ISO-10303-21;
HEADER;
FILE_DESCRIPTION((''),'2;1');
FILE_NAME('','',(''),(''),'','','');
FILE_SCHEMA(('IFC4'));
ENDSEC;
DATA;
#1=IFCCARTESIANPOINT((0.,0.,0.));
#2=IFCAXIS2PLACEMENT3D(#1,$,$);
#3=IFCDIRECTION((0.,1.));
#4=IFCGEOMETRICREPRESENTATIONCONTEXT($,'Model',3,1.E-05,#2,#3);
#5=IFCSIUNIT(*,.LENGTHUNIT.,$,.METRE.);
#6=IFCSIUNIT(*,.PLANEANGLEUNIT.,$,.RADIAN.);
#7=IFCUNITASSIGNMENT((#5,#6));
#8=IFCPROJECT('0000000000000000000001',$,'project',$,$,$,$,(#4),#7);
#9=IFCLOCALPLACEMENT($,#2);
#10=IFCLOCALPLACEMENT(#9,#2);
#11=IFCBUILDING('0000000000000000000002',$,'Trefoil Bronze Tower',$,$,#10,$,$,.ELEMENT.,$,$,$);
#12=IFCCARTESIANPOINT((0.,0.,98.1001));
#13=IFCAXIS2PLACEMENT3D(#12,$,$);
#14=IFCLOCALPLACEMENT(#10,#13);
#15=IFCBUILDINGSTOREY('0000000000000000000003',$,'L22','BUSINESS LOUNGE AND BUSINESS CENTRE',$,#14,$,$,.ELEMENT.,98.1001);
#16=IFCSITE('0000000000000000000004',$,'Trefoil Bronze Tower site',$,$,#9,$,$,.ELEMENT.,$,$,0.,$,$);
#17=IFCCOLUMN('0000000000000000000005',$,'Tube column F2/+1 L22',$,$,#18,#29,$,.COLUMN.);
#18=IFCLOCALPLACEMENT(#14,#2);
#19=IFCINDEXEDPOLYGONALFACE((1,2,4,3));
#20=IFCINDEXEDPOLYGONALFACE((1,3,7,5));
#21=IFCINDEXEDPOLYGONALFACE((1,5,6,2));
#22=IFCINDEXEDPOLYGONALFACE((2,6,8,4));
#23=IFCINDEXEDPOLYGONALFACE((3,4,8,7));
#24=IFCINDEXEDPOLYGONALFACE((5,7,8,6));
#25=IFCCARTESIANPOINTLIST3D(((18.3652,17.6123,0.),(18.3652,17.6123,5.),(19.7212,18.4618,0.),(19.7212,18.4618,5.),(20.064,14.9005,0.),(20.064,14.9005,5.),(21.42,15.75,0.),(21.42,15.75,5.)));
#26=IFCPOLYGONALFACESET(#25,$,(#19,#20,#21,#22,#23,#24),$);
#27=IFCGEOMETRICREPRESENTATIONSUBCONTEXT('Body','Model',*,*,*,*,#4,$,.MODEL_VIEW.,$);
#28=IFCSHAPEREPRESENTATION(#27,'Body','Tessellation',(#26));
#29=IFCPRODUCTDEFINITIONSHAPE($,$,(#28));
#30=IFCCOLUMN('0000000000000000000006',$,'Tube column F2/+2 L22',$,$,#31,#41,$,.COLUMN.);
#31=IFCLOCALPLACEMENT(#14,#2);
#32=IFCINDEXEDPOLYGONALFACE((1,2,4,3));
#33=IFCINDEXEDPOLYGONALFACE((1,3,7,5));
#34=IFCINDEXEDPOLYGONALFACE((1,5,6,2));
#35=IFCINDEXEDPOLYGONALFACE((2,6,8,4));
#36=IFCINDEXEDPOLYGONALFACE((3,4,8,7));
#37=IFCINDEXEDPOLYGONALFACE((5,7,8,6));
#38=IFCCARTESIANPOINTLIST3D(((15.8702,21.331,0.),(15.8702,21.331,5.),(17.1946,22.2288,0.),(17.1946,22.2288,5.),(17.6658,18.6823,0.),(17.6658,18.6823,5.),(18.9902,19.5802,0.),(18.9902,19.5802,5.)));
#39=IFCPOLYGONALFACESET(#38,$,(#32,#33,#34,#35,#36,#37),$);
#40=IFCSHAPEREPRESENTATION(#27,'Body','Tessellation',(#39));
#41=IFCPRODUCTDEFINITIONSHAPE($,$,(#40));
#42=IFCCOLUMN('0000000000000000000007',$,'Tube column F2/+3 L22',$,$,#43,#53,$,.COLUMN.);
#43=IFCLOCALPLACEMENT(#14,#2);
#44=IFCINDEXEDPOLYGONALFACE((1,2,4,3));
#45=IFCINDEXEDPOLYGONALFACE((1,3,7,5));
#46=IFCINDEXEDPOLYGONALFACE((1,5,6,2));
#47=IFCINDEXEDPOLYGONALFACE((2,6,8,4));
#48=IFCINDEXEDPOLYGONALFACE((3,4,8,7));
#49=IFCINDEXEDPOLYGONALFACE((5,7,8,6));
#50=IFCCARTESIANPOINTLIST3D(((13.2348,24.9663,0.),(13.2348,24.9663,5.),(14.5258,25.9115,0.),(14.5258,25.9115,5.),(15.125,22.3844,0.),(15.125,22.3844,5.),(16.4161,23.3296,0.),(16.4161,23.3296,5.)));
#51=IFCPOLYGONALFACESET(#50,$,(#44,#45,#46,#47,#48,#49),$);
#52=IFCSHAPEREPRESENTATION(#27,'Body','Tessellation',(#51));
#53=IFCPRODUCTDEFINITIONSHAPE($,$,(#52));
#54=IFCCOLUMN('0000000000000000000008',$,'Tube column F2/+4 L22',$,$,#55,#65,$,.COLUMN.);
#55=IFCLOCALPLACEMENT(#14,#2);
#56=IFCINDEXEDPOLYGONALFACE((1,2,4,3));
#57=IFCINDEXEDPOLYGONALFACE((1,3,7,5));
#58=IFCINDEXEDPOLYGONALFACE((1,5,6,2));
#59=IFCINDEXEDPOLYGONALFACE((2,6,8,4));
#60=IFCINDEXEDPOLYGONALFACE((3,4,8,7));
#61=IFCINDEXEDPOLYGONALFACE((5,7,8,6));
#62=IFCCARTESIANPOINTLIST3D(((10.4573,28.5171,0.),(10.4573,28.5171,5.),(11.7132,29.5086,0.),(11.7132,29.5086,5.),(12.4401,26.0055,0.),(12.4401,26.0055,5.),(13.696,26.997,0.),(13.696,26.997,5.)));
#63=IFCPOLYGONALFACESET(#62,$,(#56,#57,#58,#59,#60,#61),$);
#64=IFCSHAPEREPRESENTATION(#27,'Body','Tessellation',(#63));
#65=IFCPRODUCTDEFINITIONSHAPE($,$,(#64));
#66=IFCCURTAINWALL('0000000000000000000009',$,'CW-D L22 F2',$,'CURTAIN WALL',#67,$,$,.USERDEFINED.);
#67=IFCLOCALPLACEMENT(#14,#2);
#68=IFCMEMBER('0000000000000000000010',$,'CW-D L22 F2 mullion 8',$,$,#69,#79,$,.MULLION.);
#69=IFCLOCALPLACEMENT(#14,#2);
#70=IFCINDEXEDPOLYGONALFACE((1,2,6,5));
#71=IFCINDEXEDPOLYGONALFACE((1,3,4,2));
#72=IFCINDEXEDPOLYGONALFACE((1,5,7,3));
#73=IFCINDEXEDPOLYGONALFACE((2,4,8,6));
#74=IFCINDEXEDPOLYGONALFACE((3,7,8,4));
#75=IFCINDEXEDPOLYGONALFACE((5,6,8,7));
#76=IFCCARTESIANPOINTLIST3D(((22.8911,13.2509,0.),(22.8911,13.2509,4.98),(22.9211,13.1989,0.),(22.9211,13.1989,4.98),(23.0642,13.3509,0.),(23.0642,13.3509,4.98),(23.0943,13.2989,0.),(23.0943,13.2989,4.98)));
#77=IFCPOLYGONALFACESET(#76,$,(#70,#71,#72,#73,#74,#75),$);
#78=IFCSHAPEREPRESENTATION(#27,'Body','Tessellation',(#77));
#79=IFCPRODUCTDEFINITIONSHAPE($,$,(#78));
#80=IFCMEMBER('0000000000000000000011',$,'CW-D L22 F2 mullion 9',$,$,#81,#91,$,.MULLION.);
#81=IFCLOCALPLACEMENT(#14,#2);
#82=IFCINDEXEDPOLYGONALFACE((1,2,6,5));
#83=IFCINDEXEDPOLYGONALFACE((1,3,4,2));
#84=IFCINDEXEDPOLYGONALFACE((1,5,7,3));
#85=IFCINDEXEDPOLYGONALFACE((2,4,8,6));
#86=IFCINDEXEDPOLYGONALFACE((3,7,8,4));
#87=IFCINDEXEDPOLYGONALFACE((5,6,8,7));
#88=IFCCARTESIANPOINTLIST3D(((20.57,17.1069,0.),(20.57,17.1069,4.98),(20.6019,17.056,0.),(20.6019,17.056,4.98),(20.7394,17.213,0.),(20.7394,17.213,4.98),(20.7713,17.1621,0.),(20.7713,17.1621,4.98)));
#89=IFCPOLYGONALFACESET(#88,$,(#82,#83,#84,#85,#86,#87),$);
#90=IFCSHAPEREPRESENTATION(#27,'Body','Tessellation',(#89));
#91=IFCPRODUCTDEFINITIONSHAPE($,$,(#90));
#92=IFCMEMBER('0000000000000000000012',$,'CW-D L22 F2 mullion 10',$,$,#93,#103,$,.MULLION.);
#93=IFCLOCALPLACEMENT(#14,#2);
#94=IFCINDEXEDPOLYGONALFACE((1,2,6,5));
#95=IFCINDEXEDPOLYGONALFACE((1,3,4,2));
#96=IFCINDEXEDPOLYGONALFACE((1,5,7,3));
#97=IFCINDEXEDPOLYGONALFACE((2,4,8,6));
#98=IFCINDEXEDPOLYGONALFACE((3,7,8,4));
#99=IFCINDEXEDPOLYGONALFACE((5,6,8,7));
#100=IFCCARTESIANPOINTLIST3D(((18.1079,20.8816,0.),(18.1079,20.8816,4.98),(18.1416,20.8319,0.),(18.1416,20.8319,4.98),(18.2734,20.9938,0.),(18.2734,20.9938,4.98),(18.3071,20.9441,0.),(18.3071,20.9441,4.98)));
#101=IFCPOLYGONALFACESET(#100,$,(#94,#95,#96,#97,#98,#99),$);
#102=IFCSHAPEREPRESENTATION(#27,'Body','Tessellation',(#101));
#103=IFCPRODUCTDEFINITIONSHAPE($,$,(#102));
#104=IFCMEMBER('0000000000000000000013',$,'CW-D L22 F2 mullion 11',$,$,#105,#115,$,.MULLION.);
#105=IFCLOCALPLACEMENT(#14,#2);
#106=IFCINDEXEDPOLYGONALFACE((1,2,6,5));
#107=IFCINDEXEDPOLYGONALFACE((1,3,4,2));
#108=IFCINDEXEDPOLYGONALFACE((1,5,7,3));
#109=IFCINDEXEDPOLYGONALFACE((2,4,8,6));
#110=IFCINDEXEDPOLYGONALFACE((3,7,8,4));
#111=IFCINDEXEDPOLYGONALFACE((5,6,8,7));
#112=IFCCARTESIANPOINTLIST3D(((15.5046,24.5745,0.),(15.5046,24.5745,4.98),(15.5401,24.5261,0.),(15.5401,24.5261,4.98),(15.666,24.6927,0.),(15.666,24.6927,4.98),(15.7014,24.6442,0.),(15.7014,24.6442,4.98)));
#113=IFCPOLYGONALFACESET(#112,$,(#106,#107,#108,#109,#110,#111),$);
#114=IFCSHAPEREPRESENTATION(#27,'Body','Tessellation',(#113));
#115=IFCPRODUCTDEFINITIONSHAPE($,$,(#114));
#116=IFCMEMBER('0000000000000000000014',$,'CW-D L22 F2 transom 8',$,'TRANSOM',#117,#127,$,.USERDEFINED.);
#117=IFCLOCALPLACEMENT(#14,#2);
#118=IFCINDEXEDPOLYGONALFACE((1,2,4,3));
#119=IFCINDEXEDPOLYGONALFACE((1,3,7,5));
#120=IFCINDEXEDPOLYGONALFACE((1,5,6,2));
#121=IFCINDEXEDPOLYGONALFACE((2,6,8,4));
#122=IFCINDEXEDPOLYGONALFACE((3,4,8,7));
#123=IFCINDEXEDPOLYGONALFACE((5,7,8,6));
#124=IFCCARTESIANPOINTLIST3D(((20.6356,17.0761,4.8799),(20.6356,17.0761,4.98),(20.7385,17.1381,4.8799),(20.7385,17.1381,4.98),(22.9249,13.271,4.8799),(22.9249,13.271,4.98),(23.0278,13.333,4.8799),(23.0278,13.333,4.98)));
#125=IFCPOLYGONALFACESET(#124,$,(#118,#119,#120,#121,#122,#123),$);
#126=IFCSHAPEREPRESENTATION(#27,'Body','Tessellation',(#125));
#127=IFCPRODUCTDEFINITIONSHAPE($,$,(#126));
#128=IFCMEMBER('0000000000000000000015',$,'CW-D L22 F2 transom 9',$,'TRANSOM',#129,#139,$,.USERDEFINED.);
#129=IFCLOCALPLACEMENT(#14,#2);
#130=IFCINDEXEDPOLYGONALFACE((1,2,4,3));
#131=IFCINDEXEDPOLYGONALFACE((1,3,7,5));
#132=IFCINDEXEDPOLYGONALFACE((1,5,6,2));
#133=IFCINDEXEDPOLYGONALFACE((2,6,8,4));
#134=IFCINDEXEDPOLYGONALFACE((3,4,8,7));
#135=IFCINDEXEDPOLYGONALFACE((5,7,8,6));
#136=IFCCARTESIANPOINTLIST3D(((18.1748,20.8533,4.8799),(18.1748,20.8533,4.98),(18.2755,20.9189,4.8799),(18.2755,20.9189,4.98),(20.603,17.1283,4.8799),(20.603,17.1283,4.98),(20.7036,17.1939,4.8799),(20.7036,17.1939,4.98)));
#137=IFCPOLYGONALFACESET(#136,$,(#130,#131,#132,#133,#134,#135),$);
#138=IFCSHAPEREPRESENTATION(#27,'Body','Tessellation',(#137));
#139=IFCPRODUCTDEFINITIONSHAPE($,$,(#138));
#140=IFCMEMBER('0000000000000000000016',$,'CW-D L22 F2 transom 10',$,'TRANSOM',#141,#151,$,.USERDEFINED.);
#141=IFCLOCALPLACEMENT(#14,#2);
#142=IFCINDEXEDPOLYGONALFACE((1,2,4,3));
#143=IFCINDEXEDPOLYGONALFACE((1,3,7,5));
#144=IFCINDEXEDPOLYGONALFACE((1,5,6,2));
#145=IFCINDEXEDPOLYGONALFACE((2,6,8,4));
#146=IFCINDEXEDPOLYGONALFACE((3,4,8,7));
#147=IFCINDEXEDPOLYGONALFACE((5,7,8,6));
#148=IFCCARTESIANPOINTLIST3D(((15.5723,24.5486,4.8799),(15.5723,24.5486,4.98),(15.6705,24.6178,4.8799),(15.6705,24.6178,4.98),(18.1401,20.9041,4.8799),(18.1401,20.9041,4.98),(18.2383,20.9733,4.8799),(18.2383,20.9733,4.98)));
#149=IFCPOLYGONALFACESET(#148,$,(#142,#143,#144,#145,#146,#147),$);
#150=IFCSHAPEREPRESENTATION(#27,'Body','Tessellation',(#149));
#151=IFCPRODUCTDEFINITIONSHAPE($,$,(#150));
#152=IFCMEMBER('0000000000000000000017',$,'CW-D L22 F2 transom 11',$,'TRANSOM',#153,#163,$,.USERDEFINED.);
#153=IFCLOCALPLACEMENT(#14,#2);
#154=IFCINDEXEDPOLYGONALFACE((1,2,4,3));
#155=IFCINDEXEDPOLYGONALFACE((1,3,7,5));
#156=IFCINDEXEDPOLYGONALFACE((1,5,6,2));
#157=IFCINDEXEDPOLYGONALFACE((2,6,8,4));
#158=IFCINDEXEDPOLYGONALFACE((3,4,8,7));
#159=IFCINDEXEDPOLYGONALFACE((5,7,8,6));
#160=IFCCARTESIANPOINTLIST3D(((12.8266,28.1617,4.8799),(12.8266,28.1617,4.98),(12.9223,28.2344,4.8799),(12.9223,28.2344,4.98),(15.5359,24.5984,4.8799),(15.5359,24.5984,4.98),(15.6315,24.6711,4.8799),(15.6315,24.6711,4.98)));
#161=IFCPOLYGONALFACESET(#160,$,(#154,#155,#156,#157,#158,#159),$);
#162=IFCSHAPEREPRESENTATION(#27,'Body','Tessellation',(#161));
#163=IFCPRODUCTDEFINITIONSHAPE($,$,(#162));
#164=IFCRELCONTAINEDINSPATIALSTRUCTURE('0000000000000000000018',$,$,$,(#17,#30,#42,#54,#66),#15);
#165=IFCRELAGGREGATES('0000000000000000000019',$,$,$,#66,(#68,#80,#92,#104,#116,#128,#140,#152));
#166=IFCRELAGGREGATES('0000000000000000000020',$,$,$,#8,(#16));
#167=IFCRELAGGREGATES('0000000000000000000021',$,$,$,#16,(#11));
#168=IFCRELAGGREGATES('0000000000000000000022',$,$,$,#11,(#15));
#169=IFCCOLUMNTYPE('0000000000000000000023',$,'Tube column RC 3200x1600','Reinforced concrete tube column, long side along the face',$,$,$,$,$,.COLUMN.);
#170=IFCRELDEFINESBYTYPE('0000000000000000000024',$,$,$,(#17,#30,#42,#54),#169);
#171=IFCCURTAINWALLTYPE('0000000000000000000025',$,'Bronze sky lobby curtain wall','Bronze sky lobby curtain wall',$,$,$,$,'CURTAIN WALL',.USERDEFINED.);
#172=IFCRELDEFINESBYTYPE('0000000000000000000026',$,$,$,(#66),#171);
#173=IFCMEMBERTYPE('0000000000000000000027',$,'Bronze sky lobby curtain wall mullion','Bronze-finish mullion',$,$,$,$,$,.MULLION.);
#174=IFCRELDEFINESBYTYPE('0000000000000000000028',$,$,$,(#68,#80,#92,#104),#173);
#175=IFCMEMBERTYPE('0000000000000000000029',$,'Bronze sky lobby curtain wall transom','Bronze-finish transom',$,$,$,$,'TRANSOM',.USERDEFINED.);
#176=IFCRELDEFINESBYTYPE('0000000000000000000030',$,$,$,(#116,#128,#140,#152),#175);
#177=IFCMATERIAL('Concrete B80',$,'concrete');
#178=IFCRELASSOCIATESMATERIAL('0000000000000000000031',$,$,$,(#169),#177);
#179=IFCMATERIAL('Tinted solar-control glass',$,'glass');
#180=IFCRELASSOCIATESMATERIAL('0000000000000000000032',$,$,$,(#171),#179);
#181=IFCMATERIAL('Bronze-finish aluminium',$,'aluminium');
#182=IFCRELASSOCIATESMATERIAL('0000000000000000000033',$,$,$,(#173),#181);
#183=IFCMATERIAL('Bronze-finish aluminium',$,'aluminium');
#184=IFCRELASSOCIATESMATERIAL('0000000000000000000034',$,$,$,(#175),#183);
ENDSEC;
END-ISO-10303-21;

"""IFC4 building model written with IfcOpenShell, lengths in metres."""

from ifc_helpers import new_model, si_unit, direction, frame, origin, origin_2d, place, context, subcontext, project, spatial, rectangle, extrude, material, material_profile, profile_set, type_object, element, aggregate, save


model = new_model("IFC4")

# Units and contexts
model_context = context("Model", 3, precision=1e-05, world=origin(), true_north=direction((0.0, 1.0)))
body_context = subcontext(model_context, "Body", "Model", "MODEL_VIEW")
ifc_project = project(units=[si_unit("LENGTHUNIT", "METRE"), si_unit("PLANEANGLEUNIT", "RADIAN")], contexts=[model_context])

# Site, building, storey
site_placement = place(None, origin())
site = spatial("IfcSite", under=ifc_project, at=site_placement, Name="Trefoil Bronze Tower site", CompositionType="ELEMENT", RefElevation=0.0)
building_placement = place(site_placement, origin())
building = spatial("IfcBuilding", under=site, at=building_placement, Name="Trefoil Bronze Tower", CompositionType="ELEMENT")
storey_placement = place(building_placement, frame((0.0, 0.0, 98.1001)))
storey = spatial("IfcBuildingStorey", under=building, at=storey_placement, Name="L22", Description="BUSINESS LOUNGE AND BUSINESS CENTRE", CompositionType="ELEMENT", Elevation=98.1001)

# Columns
ifc_material_1 = material(Name="Concrete B80", Category="concrete")
ifc_material_profile_1 = material_profile(ifc_material_1, rectangle(XDim=3.2, YDim=1.6001, at=origin_2d()), Name="RC 3200x1600")
ifc_profile_set_1 = profile_set([ifc_material_profile_1], Name="Concrete B80")
column_type = type_object("IfcColumnType", Name="Tube column RC 3200x1600", Description="Reinforced concrete tube column, long side along the face", PredefinedType="COLUMN", material=ifc_profile_set_1)
for number, where, z_axis, x_axis, name in (
    (1, (19.8926, 16.6812, 0.0), (0.0, 0.0, 1.0), (-0.530893, 0.847439, 0.0), "Tube column F2/+1 L22"),
    (2, (17.4302, 20.4556, 0.0), (0.0, 0.0, 1.0), (-0.561136, 0.827724, 0.0), "Tube column F2/+2 L22"),
    (3, (14.8254, 24.1479, 0.0), (0.0, 0.0, 1.0), (-0.590723, 0.806875, 0.0), "Tube column F2/+3 L22"),
    (4, (12.0767, 27.7571, 0.0), (0.0, 0.0, 1.0), (-0.619649, 0.784879, 0.0), "Tube column F2/+4 L22"),
):
    element("IfcColumn", number, at=place(storey_placement, frame(where, z_axis=z_axis, x_axis=x_axis)), inside=storey, type_object=column_type, Name=name, PredefinedType="COLUMN", context=body_context, shape_type="SweptSolid", body=[
        extrude(rectangle(XDim=3.2, YDim=1.6001, at=origin_2d()), origin(), (0.0, 0.0, 1.0), 5.0),
    ])

# Curtain wall, members
ifc_material_2 = material(Name="Tinted solar-control glass", Category="glass")
curtain_wall_type = type_object("IfcCurtainWallType", Name="Bronze sky lobby curtain wall", Description="Bronze sky lobby curtain wall", ElementType="CURTAIN WALL", PredefinedType="USERDEFINED", material=ifc_material_2)
curtain_wall_placement = place(storey_placement, origin())
curtain_wall = element("IfcCurtainWall", 5, at=curtain_wall_placement, inside=storey, type_object=curtain_wall_type, Name="CW-D L22 F2", ObjectType="CURTAIN WALL", PredefinedType="USERDEFINED")
ifc_material_3 = material(Name="Bronze-finish aluminium", Category="aluminium")
ifc_material_profile_2 = material_profile(ifc_material_3, rectangle(XDim=0.2, YDim=0.0601, at=origin_2d()), Name="CW-D mullion")
ifc_profile_set_2 = profile_set([ifc_material_profile_2], Name="Bronze-finish aluminium")
member_type_1 = type_object("IfcMemberType", Name="Bronze sky lobby curtain wall mullion", Description="Bronze-finish mullion", PredefinedType="MULLION", material=ifc_profile_set_2)
member_1_placement = place(storey_placement, frame((22.9927, 13.2749, 0.0), z_axis=(0.0, 0.0, 1.0), x_axis=(-0.866025, -0.5, 0.0)))
member_1 = element("IfcMember", 6, at=member_1_placement, type_object=member_type_1, Name="CW-D L22 F2 mullion 8", PredefinedType="MULLION", context=body_context, shape_type="SweptSolid", body=[
    extrude(rectangle(XDim=0.2, YDim=0.0601, at=origin_2d()), origin(), (0.0, 0.0, 1.0), 4.98),
])
member_2_placement = place(storey_placement, frame((20.6707, 17.1345, 0.0), z_axis=(0.0, 0.0, 1.0), x_axis=(-0.847439, -0.530893, 0.0)))
member_2 = element("IfcMember", 7, at=member_2_placement, type_object=member_type_1, Name="CW-D L22 F2 mullion 9", PredefinedType="MULLION", context=body_context, shape_type="SweptSolid", body=[
    extrude(rectangle(XDim=0.2, YDim=0.0601, at=origin_2d()), origin(), (0.0, 0.0, 1.0), 4.98),
])
member_3_placement = place(storey_placement, frame((18.2075, 20.9128, 0.0), z_axis=(0.0, 0.0, 1.0), x_axis=(-0.827724, -0.561136, 0.0)))
member_3 = element("IfcMember", 8, at=member_3_placement, type_object=member_type_1, Name="CW-D L22 F2 mullion 10", PredefinedType="MULLION", context=body_context, shape_type="SweptSolid", body=[
    extrude(rectangle(XDim=0.2, YDim=0.0601, at=origin_2d()), origin(), (0.0, 0.0, 1.0), 4.98),
])
member_4_placement = place(storey_placement, frame((15.603, 24.6094, 0.0), z_axis=(0.0, 0.0, 1.0), x_axis=(-0.806875, -0.590723, 0.0)))
member_4 = element("IfcMember", 9, at=member_4_placement, type_object=member_type_1, Name="CW-D L22 F2 mullion 11", PredefinedType="MULLION", context=body_context, shape_type="SweptSolid", body=[
    extrude(rectangle(XDim=0.2, YDim=0.0601, at=origin_2d()), origin(), (0.0, 0.0, 1.0), 4.98),
])
ifc_material_4 = material(Name="Bronze-finish aluminium", Category="aluminium")
ifc_material_profile_3 = material_profile(ifc_material_4, rectangle(XDim=0.1201, YDim=0.1001, at=origin_2d()), Name="CW-D transom")
ifc_profile_set_3 = profile_set([ifc_material_profile_3], Name="Bronze-finish aluminium")
member_type_2 = type_object("IfcMemberType", Name="Bronze sky lobby curtain wall transom", Description="Bronze-finish transom", ElementType="TRANSOM", PredefinedType="USERDEFINED", material=ifc_profile_set_3)
member_5_placement = place(storey_placement, frame((22.9763, 13.302, 4.9299), z_axis=(-0.515522, 0.856876, 0.0), x_axis=(-0.856876, -0.515522, 0.0)))
member_5 = element("IfcMember", 10, at=member_5_placement, type_object=member_type_2, Name="CW-D L22 F2 transom 8", ObjectType="TRANSOM", PredefinedType="USERDEFINED", context=body_context, shape_type="SweptSolid", body=[
    extrude(rectangle(XDim=0.1201, YDim=0.1001, at=origin_2d()), origin(), (0.0, 0.0, 1.0), 4.4407),
])
member_6_placement = place(storey_placement, frame((20.6533, 17.1611, 4.9299), z_axis=(-0.54608, 0.837733, 0.0), x_axis=(-0.837733, -0.54608, 0.0)))
member_6 = element("IfcMember", 11, at=member_6_placement, type_object=member_type_2, Name="CW-D L22 F2 transom 9", ObjectType="TRANSOM", PredefinedType="USERDEFINED", context=body_context, shape_type="SweptSolid", body=[
    extrude(rectangle(XDim=0.1201, YDim=0.1001, at=origin_2d()), origin(), (0.0, 0.0, 1.0), 4.4465),
])
member_7_placement = place(storey_placement, frame((18.1892, 20.9387, 4.9299), z_axis=(-0.575973, 0.817468, 0.0), x_axis=(-0.817468, -0.575973, 0.0)))
member_7 = element("IfcMember", 12, at=member_7_placement, type_object=member_type_2, Name="CW-D L22 F2 transom 10", ObjectType="TRANSOM", PredefinedType="USERDEFINED", context=body_context, shape_type="SweptSolid", body=[
    extrude(rectangle(XDim=0.1201, YDim=0.1001, at=origin_2d()), origin(), (0.0, 0.0, 1.0), 4.4583),
])
member_8_placement = place(storey_placement, frame((15.5837, 24.6348, 4.9299), z_axis=(-0.605249, 0.796036, 0.0), x_axis=(-0.796036, -0.605249, 0.0)))
member_8 = element("IfcMember", 13, at=member_8_placement, type_object=member_type_2, Name="CW-D L22 F2 transom 11", ObjectType="TRANSOM", PredefinedType="USERDEFINED", context=body_context, shape_type="SweptSolid", body=[
    extrude(rectangle(XDim=0.1201, YDim=0.1001, at=origin_2d()), origin(), (0.0, 0.0, 1.0), 4.4763),
])

aggregate(curtain_wall, [member_1, member_2, member_3, member_4, member_5, member_6, member_7, member_8])

save(model, "model.ifc")
